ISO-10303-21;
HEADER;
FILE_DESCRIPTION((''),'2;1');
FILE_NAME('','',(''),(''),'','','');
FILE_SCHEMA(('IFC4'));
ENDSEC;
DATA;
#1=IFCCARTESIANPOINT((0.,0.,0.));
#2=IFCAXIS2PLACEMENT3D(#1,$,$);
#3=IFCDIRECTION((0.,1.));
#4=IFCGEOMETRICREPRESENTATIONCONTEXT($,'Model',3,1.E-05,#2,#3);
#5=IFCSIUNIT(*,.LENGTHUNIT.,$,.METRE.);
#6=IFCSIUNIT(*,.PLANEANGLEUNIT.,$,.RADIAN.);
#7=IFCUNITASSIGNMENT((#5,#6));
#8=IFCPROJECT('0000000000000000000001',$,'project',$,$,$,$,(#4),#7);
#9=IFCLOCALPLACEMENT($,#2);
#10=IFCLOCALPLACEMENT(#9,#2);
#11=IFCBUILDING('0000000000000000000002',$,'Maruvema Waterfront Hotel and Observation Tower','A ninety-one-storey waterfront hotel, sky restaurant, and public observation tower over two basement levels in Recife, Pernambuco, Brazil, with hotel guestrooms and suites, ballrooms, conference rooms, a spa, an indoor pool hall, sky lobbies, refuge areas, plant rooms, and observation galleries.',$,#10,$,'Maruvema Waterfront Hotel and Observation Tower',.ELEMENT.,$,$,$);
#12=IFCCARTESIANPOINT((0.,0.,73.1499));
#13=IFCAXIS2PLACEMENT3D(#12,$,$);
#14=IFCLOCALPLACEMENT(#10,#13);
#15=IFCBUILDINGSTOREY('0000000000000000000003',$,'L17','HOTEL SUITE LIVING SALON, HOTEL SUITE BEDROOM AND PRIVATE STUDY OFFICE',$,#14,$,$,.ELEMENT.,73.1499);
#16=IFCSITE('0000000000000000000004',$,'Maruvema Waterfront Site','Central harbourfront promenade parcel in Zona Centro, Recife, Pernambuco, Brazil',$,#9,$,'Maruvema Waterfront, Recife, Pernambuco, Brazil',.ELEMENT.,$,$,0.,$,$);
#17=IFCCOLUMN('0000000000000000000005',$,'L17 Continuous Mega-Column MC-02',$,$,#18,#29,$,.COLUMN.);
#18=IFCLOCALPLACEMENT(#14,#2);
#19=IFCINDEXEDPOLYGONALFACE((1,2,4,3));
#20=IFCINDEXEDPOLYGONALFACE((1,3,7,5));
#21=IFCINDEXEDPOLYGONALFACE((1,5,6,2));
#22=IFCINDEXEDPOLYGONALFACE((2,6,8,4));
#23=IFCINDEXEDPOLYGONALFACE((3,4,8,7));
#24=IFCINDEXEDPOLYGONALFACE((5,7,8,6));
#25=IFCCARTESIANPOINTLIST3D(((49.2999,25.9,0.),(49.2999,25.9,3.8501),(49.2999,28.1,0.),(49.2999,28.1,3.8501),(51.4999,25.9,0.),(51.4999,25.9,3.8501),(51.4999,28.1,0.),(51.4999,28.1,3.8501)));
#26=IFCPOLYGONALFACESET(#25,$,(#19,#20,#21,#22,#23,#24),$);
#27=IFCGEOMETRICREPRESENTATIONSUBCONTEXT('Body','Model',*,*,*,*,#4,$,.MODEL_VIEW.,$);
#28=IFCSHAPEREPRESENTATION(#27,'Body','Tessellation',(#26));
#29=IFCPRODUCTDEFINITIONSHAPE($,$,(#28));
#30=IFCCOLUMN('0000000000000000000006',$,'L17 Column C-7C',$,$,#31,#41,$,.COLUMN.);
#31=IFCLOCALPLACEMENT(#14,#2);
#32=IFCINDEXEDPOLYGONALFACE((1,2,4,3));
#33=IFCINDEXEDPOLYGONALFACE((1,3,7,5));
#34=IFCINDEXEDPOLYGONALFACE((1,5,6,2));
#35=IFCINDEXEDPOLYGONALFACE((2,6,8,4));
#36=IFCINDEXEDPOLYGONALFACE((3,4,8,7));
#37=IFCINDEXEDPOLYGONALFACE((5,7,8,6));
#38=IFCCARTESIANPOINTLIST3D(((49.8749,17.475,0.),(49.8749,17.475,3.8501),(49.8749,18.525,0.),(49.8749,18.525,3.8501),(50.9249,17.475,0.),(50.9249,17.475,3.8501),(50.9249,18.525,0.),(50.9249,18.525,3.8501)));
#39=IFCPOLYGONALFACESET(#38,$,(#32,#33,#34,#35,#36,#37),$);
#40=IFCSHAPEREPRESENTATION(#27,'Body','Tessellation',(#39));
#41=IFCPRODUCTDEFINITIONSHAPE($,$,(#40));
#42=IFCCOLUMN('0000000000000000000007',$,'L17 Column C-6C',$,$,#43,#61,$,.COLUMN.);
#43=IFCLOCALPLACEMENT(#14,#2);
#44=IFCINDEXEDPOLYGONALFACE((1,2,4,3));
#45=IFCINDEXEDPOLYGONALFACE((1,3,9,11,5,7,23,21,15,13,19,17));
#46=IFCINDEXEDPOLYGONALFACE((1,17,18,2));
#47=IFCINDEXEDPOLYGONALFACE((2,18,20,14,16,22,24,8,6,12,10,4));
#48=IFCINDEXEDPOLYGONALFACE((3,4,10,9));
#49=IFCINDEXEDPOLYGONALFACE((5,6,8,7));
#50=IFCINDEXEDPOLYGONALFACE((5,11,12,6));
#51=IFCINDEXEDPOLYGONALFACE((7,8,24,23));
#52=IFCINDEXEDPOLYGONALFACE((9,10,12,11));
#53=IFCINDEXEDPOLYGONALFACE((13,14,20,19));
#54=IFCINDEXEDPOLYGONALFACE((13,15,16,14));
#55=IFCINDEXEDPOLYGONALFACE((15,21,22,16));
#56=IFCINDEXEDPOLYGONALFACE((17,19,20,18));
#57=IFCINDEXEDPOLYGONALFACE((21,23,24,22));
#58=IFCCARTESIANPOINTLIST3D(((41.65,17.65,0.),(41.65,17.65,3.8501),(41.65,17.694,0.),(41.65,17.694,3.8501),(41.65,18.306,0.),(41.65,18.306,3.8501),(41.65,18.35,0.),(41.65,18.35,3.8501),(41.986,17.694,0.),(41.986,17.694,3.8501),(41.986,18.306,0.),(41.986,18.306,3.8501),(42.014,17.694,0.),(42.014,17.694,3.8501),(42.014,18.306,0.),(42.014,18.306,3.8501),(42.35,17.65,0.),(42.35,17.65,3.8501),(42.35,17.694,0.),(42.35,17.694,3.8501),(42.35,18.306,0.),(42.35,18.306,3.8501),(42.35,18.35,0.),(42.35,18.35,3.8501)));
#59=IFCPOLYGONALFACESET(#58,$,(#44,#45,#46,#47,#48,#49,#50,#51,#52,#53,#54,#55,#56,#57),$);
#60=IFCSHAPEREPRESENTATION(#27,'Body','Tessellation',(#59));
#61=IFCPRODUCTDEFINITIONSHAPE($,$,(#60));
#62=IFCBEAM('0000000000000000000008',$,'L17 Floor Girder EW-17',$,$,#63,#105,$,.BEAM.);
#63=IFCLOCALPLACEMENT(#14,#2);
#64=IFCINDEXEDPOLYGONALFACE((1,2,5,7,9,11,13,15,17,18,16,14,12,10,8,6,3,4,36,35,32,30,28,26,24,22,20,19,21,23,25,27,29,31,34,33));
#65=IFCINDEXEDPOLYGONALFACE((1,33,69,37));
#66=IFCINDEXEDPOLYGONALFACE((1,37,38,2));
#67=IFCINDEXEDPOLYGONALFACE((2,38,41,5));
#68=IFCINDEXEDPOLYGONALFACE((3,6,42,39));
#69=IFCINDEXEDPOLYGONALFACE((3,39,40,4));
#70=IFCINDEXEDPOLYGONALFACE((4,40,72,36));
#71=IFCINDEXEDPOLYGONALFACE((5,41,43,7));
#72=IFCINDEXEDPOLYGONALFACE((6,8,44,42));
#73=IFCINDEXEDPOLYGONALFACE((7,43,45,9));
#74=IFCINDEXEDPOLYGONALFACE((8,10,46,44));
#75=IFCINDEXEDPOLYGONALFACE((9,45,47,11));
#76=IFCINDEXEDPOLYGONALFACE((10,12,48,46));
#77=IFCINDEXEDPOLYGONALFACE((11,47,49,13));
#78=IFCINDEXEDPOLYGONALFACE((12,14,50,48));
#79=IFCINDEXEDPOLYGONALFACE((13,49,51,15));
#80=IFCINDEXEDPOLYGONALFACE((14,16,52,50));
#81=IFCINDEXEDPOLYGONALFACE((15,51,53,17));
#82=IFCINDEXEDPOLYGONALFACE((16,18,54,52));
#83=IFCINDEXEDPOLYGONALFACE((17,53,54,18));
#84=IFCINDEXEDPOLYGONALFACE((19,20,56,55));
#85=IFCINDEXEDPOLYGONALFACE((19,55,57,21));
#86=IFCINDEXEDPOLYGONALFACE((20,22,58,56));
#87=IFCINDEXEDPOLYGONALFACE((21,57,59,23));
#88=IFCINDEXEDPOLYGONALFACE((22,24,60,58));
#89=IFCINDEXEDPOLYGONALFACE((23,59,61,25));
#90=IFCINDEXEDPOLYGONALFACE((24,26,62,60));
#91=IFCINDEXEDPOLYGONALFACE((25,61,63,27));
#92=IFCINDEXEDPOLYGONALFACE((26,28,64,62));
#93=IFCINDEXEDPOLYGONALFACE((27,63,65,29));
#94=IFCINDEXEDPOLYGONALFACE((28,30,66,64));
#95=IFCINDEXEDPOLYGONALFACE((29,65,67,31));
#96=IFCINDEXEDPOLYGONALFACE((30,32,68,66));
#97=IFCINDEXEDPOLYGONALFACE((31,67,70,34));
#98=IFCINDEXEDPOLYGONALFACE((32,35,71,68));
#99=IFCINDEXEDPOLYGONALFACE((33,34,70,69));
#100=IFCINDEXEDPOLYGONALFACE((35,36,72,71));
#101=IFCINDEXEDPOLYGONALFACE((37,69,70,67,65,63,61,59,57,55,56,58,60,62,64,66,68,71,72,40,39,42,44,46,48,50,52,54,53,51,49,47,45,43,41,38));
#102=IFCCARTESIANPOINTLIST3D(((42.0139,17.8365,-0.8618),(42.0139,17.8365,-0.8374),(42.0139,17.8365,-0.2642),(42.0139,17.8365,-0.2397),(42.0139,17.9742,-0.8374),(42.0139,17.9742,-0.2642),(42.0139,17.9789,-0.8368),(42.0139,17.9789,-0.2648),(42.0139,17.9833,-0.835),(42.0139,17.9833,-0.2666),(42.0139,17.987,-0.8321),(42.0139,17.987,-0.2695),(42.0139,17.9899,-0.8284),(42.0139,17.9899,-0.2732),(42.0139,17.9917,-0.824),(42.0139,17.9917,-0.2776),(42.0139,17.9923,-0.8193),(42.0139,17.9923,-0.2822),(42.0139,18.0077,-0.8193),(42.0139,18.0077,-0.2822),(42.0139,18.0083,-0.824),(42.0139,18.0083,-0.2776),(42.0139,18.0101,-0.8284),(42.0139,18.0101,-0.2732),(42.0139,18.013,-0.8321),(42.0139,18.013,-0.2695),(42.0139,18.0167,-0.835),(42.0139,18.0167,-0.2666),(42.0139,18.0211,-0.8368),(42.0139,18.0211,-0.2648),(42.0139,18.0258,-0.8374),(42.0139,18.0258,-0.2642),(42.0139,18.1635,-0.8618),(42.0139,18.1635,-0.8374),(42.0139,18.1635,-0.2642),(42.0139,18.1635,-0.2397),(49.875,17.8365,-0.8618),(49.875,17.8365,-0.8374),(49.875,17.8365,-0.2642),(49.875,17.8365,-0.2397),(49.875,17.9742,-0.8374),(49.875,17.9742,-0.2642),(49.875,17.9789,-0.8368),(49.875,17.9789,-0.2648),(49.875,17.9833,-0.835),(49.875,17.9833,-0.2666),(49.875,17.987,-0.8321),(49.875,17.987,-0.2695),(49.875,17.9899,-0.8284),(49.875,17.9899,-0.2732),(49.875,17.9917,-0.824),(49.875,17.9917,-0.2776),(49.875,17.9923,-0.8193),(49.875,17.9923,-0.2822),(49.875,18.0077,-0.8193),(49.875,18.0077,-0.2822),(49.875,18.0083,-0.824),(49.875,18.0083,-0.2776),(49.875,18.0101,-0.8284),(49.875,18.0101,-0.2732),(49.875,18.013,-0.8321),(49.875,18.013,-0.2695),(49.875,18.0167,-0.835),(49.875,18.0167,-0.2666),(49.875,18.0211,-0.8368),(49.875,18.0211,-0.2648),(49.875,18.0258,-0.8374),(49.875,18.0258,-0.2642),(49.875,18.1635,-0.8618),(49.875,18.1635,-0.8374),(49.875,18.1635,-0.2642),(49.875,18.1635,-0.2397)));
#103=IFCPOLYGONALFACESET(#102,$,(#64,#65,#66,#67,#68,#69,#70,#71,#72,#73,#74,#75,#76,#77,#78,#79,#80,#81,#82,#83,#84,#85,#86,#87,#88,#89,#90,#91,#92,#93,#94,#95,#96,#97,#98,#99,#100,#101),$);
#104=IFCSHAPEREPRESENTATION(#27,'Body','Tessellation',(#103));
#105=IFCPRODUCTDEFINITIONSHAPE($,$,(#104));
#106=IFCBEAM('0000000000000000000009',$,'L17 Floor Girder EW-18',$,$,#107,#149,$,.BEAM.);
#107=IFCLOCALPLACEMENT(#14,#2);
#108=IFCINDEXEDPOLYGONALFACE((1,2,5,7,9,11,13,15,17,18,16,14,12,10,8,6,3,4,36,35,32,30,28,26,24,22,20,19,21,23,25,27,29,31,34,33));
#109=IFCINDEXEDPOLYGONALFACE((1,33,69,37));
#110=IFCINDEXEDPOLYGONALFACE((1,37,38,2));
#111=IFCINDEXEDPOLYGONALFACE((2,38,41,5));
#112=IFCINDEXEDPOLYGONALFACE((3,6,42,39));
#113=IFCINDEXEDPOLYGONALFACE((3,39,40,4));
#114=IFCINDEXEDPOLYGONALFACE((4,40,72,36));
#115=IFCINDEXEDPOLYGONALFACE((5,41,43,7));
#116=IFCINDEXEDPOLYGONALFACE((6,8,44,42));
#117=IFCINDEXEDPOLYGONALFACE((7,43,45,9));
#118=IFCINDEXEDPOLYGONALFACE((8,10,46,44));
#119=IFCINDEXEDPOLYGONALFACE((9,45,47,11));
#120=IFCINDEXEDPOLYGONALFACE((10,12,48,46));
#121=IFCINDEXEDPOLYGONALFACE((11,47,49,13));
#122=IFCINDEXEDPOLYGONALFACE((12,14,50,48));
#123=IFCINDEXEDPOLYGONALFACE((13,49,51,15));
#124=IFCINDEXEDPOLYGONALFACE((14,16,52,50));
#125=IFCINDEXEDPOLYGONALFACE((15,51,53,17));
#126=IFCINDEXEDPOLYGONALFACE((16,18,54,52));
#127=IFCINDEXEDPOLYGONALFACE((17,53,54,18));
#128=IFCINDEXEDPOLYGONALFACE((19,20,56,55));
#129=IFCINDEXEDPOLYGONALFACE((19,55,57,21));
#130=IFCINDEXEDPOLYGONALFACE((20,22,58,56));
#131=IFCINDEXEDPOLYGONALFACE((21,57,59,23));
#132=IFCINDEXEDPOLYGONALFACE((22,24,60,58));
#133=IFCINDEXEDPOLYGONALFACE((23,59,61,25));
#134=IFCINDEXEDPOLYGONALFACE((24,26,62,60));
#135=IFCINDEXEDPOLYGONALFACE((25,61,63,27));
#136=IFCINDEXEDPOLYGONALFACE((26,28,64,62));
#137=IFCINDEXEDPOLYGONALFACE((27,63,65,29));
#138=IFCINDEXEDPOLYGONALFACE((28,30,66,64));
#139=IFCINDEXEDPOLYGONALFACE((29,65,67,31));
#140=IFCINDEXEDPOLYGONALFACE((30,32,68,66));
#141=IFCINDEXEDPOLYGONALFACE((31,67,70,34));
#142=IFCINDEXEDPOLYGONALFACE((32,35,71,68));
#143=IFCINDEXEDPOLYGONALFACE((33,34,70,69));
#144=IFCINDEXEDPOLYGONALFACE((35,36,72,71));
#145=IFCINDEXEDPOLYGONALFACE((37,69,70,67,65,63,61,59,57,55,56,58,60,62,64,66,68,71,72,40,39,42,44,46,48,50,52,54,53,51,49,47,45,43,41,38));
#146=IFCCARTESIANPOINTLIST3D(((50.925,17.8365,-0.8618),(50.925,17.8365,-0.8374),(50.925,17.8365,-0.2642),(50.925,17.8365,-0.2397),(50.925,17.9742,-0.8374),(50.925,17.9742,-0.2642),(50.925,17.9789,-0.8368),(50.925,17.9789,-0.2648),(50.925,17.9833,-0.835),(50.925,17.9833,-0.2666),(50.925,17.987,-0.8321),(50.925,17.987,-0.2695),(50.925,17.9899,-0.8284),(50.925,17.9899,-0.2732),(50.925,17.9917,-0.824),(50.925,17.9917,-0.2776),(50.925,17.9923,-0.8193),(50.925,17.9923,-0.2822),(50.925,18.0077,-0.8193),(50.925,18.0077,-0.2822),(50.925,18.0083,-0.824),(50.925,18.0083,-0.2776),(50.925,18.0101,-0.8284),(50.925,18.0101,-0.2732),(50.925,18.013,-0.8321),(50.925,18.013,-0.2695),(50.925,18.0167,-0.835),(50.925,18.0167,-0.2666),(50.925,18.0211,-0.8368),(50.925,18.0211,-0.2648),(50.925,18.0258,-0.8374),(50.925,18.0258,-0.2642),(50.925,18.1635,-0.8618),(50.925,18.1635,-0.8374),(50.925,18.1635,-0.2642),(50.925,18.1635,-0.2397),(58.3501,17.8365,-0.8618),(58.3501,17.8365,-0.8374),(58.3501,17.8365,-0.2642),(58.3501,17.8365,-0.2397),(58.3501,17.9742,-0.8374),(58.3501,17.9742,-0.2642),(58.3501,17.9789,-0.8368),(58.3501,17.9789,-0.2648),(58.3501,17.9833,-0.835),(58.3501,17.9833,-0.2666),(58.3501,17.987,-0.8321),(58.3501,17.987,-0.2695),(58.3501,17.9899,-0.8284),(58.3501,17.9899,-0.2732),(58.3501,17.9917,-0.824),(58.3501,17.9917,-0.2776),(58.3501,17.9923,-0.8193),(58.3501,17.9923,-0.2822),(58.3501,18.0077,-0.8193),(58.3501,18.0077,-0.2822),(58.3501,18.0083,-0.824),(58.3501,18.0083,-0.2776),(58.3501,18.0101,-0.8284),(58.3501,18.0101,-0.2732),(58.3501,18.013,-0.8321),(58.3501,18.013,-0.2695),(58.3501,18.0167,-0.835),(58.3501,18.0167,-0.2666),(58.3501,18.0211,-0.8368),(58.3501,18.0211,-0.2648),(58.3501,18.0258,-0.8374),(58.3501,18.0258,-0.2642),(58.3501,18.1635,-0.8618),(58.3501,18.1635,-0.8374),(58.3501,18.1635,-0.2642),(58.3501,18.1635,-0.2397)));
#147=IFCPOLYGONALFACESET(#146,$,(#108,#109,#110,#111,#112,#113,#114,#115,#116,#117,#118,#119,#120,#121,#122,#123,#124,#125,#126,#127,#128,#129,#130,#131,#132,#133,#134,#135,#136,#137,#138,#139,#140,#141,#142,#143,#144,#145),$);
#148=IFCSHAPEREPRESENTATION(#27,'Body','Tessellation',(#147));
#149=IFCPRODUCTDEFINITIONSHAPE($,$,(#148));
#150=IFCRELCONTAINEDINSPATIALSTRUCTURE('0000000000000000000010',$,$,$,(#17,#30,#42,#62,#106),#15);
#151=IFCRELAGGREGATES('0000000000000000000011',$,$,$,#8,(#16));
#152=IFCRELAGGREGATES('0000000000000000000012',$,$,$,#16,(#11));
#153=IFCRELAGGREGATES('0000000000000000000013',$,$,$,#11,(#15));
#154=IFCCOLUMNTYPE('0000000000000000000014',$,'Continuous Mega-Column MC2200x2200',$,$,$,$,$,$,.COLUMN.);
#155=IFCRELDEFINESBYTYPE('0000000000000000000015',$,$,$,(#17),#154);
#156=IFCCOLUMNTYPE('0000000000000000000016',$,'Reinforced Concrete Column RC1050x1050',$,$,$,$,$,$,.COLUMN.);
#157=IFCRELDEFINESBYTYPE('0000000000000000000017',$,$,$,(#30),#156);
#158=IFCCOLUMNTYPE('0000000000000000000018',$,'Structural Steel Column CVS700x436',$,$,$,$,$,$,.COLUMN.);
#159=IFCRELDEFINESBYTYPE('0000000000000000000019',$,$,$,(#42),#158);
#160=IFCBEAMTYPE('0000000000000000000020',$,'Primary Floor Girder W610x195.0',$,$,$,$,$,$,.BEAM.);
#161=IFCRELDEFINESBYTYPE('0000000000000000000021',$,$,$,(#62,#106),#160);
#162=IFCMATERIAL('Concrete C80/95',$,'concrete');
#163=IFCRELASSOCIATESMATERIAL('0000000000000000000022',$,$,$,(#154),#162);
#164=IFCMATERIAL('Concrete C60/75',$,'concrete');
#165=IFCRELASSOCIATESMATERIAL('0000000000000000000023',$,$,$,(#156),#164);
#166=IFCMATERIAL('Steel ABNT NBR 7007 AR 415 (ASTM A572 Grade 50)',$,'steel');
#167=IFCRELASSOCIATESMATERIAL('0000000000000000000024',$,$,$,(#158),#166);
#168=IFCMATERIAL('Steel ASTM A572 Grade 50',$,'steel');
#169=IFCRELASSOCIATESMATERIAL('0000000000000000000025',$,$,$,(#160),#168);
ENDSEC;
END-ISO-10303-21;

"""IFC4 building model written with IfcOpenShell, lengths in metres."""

from ifc_helpers import new_model, si_unit, direction, frame, origin, origin_2d, place, context, subcontext, project, spatial, rectangle, i_section, extrude, material, material_profile, profile_set, type_object, element, save


model = new_model("IFC4")

# Units and contexts
model_context = context("Model", 3, precision=1e-05, world=origin(), true_north=direction((0.0, 1.0)))
body_context = subcontext(model_context, "Body", "Model", "MODEL_VIEW")
ifc_project = project(units=[si_unit("LENGTHUNIT", "METRE"), si_unit("PLANEANGLEUNIT", "RADIAN")], contexts=[model_context])

# Site, building, storey
site_placement = place(None, origin())
site = spatial("IfcSite", under=ifc_project, at=site_placement, Name="Maruvema Waterfront Site", Description="Central harbourfront promenade parcel in Zona Centro, Recife, Pernambuco, Brazil", LongName="Maruvema Waterfront, Recife, Pernambuco, Brazil", CompositionType="ELEMENT", RefElevation=0.0)
building_placement = place(site_placement, origin())
building = spatial("IfcBuilding", under=site, at=building_placement, Name="Maruvema Waterfront Hotel and Observation Tower", Description="A ninety-one-storey waterfront hotel, sky restaurant, and public observation tower over two basement levels in Recife, Pernambuco, Brazil, with hotel guestrooms and suites, ballrooms, conference rooms, a spa, an indoor pool hall, sky lobbies, refuge areas, plant rooms, and observation galleries.", LongName="Maruvema Waterfront Hotel and Observation Tower", CompositionType="ELEMENT")
storey_placement = place(building_placement, frame((0.0, 0.0, 73.1499)))
storey = spatial("IfcBuildingStorey", under=building, at=storey_placement, Name="L17", Description="HOTEL SUITE LIVING SALON, HOTEL SUITE BEDROOM AND PRIVATE STUDY OFFICE", CompositionType="ELEMENT", Elevation=73.1499)

# Columns
ifc_material_1 = material(Name="Concrete C80/95", Category="concrete")
ifc_material_profile_1 = material_profile(ifc_material_1, rectangle(XDim=2.2, YDim=2.2, at=origin_2d()), Name="MC2200x2200")
ifc_profile_set_1 = profile_set([ifc_material_profile_1], Name="Concrete C80/95")
column_type_1 = type_object("IfcColumnType", Name="Continuous Mega-Column MC2200x2200", PredefinedType="COLUMN", material=ifc_profile_set_1)
column_1_placement = place(storey_placement, frame((50.3999, 27.0, 0.0), z_axis=(0.0, 0.0, 1.0), x_axis=(1.0, 0.0, 0.0)))
element("IfcColumn", 1, at=column_1_placement, inside=storey, type_object=column_type_1, Name="L17 Continuous Mega-Column MC-02", PredefinedType="COLUMN", context=body_context, shape_type="SweptSolid", body=[
    extrude(rectangle(XDim=2.2, YDim=2.2, at=origin_2d()), origin(), (0.0, 0.0, 1.0), 3.8501),
])
ifc_material_2 = material(Name="Concrete C60/75", Category="concrete")
ifc_material_profile_2 = material_profile(ifc_material_2, rectangle(XDim=1.05, YDim=1.05, at=origin_2d()), Name="RC1050x1050")
ifc_profile_set_2 = profile_set([ifc_material_profile_2], Name="Concrete C60/75")
column_type_2 = type_object("IfcColumnType", Name="Reinforced Concrete Column RC1050x1050", PredefinedType="COLUMN", material=ifc_profile_set_2)
column_2_placement = place(storey_placement, frame((50.3999, 18.0, 0.0), z_axis=(0.0, 0.0, 1.0), x_axis=(1.0, 0.0, 0.0)))
element("IfcColumn", 2, at=column_2_placement, inside=storey, type_object=column_type_2, Name="L17 Column C-7C", PredefinedType="COLUMN", context=body_context, shape_type="SweptSolid", body=[
    extrude(rectangle(XDim=1.05, YDim=1.05, at=origin_2d()), origin(), (0.0, 0.0, 1.0), 3.8501),
])
ifc_material_3 = material(Name="Steel ABNT NBR 7007 AR 415 (ASTM A572 Grade 50)", Category="steel")
ifc_material_profile_3 = material_profile(ifc_material_3, i_section(OverallWidth=0.7, OverallDepth=0.7, WebThickness=0.0281, FlangeThickness=0.0439, at=origin_2d()), Name="CVS700x436")
ifc_profile_set_3 = profile_set([ifc_material_profile_3], Name="Steel ABNT NBR 7007 AR 415 (ASTM A572 Grade 50)")
column_type_3 = type_object("IfcColumnType", Name="Structural Steel Column CVS700x436", PredefinedType="COLUMN", material=ifc_profile_set_3)
column_3_placement = place(storey_placement, frame((42.0, 18.0, 0.0), z_axis=(0.0, 0.0, 1.0), x_axis=(1.0, 0.0, 0.0)))
element("IfcColumn", 3, at=column_3_placement, inside=storey, type_object=column_type_3, Name="L17 Column C-6C", PredefinedType="COLUMN", context=body_context, shape_type="SweptSolid", body=[
    extrude(i_section(OverallWidth=0.7, OverallDepth=0.7, WebThickness=0.0281, FlangeThickness=0.0439, at=origin_2d()), origin(), (0.0, 0.0, 1.0), 3.8501),
])

# Beams
ifc_material_4 = material(Name="Steel ASTM A572 Grade 50", Category="steel")
ifc_material_profile_4 = material_profile(ifc_material_4, i_section(OverallWidth=0.3269, OverallDepth=0.6221, WebThickness=0.0154, FlangeThickness=0.0244, FilletRadius=0.0181, at=origin_2d()), Name="W610x195.0")
ifc_profile_set_4 = profile_set([ifc_material_profile_4], Name="Steel ASTM A572 Grade 50")
beam_type_1 = type_object("IfcBeamType", Name="Primary Floor Girder W610x195.0", PredefinedType="BEAM", material=ifc_profile_set_4)
beam_1_placement = place(storey_placement, frame((42.0139, 18.0, -0.5508), z_axis=(1.0, 0.0, 0.0), x_axis=(0.0, 1.0, 0.0)))
element("IfcBeam", 4, at=beam_1_placement, inside=storey, type_object=beam_type_1, Name="L17 Floor Girder EW-17", PredefinedType="BEAM", context=body_context, shape_type="SweptSolid", body=[
    extrude(i_section(OverallWidth=0.3269, OverallDepth=0.6221, WebThickness=0.0154, FlangeThickness=0.0244, FilletRadius=0.0181, at=origin_2d()), origin(), (0.0, 0.0, 1.0), 7.8611),
])
beam_2_placement = place(storey_placement, frame((50.925, 18.0, -0.5508), z_axis=(1.0, 0.0, 0.0), x_axis=(0.0, 1.0, 0.0)))
element("IfcBeam", 5, at=beam_2_placement, inside=storey, type_object=beam_type_1, Name="L17 Floor Girder EW-18", PredefinedType="BEAM", context=body_context, shape_type="SweptSolid", body=[
    extrude(i_section(OverallWidth=0.3269, OverallDepth=0.6221, WebThickness=0.0154, FlangeThickness=0.0244, FilletRadius=0.0181, at=origin_2d()), origin(), (0.0, 0.0, 1.0), 7.425),
])

save(model, "model.ifc")
